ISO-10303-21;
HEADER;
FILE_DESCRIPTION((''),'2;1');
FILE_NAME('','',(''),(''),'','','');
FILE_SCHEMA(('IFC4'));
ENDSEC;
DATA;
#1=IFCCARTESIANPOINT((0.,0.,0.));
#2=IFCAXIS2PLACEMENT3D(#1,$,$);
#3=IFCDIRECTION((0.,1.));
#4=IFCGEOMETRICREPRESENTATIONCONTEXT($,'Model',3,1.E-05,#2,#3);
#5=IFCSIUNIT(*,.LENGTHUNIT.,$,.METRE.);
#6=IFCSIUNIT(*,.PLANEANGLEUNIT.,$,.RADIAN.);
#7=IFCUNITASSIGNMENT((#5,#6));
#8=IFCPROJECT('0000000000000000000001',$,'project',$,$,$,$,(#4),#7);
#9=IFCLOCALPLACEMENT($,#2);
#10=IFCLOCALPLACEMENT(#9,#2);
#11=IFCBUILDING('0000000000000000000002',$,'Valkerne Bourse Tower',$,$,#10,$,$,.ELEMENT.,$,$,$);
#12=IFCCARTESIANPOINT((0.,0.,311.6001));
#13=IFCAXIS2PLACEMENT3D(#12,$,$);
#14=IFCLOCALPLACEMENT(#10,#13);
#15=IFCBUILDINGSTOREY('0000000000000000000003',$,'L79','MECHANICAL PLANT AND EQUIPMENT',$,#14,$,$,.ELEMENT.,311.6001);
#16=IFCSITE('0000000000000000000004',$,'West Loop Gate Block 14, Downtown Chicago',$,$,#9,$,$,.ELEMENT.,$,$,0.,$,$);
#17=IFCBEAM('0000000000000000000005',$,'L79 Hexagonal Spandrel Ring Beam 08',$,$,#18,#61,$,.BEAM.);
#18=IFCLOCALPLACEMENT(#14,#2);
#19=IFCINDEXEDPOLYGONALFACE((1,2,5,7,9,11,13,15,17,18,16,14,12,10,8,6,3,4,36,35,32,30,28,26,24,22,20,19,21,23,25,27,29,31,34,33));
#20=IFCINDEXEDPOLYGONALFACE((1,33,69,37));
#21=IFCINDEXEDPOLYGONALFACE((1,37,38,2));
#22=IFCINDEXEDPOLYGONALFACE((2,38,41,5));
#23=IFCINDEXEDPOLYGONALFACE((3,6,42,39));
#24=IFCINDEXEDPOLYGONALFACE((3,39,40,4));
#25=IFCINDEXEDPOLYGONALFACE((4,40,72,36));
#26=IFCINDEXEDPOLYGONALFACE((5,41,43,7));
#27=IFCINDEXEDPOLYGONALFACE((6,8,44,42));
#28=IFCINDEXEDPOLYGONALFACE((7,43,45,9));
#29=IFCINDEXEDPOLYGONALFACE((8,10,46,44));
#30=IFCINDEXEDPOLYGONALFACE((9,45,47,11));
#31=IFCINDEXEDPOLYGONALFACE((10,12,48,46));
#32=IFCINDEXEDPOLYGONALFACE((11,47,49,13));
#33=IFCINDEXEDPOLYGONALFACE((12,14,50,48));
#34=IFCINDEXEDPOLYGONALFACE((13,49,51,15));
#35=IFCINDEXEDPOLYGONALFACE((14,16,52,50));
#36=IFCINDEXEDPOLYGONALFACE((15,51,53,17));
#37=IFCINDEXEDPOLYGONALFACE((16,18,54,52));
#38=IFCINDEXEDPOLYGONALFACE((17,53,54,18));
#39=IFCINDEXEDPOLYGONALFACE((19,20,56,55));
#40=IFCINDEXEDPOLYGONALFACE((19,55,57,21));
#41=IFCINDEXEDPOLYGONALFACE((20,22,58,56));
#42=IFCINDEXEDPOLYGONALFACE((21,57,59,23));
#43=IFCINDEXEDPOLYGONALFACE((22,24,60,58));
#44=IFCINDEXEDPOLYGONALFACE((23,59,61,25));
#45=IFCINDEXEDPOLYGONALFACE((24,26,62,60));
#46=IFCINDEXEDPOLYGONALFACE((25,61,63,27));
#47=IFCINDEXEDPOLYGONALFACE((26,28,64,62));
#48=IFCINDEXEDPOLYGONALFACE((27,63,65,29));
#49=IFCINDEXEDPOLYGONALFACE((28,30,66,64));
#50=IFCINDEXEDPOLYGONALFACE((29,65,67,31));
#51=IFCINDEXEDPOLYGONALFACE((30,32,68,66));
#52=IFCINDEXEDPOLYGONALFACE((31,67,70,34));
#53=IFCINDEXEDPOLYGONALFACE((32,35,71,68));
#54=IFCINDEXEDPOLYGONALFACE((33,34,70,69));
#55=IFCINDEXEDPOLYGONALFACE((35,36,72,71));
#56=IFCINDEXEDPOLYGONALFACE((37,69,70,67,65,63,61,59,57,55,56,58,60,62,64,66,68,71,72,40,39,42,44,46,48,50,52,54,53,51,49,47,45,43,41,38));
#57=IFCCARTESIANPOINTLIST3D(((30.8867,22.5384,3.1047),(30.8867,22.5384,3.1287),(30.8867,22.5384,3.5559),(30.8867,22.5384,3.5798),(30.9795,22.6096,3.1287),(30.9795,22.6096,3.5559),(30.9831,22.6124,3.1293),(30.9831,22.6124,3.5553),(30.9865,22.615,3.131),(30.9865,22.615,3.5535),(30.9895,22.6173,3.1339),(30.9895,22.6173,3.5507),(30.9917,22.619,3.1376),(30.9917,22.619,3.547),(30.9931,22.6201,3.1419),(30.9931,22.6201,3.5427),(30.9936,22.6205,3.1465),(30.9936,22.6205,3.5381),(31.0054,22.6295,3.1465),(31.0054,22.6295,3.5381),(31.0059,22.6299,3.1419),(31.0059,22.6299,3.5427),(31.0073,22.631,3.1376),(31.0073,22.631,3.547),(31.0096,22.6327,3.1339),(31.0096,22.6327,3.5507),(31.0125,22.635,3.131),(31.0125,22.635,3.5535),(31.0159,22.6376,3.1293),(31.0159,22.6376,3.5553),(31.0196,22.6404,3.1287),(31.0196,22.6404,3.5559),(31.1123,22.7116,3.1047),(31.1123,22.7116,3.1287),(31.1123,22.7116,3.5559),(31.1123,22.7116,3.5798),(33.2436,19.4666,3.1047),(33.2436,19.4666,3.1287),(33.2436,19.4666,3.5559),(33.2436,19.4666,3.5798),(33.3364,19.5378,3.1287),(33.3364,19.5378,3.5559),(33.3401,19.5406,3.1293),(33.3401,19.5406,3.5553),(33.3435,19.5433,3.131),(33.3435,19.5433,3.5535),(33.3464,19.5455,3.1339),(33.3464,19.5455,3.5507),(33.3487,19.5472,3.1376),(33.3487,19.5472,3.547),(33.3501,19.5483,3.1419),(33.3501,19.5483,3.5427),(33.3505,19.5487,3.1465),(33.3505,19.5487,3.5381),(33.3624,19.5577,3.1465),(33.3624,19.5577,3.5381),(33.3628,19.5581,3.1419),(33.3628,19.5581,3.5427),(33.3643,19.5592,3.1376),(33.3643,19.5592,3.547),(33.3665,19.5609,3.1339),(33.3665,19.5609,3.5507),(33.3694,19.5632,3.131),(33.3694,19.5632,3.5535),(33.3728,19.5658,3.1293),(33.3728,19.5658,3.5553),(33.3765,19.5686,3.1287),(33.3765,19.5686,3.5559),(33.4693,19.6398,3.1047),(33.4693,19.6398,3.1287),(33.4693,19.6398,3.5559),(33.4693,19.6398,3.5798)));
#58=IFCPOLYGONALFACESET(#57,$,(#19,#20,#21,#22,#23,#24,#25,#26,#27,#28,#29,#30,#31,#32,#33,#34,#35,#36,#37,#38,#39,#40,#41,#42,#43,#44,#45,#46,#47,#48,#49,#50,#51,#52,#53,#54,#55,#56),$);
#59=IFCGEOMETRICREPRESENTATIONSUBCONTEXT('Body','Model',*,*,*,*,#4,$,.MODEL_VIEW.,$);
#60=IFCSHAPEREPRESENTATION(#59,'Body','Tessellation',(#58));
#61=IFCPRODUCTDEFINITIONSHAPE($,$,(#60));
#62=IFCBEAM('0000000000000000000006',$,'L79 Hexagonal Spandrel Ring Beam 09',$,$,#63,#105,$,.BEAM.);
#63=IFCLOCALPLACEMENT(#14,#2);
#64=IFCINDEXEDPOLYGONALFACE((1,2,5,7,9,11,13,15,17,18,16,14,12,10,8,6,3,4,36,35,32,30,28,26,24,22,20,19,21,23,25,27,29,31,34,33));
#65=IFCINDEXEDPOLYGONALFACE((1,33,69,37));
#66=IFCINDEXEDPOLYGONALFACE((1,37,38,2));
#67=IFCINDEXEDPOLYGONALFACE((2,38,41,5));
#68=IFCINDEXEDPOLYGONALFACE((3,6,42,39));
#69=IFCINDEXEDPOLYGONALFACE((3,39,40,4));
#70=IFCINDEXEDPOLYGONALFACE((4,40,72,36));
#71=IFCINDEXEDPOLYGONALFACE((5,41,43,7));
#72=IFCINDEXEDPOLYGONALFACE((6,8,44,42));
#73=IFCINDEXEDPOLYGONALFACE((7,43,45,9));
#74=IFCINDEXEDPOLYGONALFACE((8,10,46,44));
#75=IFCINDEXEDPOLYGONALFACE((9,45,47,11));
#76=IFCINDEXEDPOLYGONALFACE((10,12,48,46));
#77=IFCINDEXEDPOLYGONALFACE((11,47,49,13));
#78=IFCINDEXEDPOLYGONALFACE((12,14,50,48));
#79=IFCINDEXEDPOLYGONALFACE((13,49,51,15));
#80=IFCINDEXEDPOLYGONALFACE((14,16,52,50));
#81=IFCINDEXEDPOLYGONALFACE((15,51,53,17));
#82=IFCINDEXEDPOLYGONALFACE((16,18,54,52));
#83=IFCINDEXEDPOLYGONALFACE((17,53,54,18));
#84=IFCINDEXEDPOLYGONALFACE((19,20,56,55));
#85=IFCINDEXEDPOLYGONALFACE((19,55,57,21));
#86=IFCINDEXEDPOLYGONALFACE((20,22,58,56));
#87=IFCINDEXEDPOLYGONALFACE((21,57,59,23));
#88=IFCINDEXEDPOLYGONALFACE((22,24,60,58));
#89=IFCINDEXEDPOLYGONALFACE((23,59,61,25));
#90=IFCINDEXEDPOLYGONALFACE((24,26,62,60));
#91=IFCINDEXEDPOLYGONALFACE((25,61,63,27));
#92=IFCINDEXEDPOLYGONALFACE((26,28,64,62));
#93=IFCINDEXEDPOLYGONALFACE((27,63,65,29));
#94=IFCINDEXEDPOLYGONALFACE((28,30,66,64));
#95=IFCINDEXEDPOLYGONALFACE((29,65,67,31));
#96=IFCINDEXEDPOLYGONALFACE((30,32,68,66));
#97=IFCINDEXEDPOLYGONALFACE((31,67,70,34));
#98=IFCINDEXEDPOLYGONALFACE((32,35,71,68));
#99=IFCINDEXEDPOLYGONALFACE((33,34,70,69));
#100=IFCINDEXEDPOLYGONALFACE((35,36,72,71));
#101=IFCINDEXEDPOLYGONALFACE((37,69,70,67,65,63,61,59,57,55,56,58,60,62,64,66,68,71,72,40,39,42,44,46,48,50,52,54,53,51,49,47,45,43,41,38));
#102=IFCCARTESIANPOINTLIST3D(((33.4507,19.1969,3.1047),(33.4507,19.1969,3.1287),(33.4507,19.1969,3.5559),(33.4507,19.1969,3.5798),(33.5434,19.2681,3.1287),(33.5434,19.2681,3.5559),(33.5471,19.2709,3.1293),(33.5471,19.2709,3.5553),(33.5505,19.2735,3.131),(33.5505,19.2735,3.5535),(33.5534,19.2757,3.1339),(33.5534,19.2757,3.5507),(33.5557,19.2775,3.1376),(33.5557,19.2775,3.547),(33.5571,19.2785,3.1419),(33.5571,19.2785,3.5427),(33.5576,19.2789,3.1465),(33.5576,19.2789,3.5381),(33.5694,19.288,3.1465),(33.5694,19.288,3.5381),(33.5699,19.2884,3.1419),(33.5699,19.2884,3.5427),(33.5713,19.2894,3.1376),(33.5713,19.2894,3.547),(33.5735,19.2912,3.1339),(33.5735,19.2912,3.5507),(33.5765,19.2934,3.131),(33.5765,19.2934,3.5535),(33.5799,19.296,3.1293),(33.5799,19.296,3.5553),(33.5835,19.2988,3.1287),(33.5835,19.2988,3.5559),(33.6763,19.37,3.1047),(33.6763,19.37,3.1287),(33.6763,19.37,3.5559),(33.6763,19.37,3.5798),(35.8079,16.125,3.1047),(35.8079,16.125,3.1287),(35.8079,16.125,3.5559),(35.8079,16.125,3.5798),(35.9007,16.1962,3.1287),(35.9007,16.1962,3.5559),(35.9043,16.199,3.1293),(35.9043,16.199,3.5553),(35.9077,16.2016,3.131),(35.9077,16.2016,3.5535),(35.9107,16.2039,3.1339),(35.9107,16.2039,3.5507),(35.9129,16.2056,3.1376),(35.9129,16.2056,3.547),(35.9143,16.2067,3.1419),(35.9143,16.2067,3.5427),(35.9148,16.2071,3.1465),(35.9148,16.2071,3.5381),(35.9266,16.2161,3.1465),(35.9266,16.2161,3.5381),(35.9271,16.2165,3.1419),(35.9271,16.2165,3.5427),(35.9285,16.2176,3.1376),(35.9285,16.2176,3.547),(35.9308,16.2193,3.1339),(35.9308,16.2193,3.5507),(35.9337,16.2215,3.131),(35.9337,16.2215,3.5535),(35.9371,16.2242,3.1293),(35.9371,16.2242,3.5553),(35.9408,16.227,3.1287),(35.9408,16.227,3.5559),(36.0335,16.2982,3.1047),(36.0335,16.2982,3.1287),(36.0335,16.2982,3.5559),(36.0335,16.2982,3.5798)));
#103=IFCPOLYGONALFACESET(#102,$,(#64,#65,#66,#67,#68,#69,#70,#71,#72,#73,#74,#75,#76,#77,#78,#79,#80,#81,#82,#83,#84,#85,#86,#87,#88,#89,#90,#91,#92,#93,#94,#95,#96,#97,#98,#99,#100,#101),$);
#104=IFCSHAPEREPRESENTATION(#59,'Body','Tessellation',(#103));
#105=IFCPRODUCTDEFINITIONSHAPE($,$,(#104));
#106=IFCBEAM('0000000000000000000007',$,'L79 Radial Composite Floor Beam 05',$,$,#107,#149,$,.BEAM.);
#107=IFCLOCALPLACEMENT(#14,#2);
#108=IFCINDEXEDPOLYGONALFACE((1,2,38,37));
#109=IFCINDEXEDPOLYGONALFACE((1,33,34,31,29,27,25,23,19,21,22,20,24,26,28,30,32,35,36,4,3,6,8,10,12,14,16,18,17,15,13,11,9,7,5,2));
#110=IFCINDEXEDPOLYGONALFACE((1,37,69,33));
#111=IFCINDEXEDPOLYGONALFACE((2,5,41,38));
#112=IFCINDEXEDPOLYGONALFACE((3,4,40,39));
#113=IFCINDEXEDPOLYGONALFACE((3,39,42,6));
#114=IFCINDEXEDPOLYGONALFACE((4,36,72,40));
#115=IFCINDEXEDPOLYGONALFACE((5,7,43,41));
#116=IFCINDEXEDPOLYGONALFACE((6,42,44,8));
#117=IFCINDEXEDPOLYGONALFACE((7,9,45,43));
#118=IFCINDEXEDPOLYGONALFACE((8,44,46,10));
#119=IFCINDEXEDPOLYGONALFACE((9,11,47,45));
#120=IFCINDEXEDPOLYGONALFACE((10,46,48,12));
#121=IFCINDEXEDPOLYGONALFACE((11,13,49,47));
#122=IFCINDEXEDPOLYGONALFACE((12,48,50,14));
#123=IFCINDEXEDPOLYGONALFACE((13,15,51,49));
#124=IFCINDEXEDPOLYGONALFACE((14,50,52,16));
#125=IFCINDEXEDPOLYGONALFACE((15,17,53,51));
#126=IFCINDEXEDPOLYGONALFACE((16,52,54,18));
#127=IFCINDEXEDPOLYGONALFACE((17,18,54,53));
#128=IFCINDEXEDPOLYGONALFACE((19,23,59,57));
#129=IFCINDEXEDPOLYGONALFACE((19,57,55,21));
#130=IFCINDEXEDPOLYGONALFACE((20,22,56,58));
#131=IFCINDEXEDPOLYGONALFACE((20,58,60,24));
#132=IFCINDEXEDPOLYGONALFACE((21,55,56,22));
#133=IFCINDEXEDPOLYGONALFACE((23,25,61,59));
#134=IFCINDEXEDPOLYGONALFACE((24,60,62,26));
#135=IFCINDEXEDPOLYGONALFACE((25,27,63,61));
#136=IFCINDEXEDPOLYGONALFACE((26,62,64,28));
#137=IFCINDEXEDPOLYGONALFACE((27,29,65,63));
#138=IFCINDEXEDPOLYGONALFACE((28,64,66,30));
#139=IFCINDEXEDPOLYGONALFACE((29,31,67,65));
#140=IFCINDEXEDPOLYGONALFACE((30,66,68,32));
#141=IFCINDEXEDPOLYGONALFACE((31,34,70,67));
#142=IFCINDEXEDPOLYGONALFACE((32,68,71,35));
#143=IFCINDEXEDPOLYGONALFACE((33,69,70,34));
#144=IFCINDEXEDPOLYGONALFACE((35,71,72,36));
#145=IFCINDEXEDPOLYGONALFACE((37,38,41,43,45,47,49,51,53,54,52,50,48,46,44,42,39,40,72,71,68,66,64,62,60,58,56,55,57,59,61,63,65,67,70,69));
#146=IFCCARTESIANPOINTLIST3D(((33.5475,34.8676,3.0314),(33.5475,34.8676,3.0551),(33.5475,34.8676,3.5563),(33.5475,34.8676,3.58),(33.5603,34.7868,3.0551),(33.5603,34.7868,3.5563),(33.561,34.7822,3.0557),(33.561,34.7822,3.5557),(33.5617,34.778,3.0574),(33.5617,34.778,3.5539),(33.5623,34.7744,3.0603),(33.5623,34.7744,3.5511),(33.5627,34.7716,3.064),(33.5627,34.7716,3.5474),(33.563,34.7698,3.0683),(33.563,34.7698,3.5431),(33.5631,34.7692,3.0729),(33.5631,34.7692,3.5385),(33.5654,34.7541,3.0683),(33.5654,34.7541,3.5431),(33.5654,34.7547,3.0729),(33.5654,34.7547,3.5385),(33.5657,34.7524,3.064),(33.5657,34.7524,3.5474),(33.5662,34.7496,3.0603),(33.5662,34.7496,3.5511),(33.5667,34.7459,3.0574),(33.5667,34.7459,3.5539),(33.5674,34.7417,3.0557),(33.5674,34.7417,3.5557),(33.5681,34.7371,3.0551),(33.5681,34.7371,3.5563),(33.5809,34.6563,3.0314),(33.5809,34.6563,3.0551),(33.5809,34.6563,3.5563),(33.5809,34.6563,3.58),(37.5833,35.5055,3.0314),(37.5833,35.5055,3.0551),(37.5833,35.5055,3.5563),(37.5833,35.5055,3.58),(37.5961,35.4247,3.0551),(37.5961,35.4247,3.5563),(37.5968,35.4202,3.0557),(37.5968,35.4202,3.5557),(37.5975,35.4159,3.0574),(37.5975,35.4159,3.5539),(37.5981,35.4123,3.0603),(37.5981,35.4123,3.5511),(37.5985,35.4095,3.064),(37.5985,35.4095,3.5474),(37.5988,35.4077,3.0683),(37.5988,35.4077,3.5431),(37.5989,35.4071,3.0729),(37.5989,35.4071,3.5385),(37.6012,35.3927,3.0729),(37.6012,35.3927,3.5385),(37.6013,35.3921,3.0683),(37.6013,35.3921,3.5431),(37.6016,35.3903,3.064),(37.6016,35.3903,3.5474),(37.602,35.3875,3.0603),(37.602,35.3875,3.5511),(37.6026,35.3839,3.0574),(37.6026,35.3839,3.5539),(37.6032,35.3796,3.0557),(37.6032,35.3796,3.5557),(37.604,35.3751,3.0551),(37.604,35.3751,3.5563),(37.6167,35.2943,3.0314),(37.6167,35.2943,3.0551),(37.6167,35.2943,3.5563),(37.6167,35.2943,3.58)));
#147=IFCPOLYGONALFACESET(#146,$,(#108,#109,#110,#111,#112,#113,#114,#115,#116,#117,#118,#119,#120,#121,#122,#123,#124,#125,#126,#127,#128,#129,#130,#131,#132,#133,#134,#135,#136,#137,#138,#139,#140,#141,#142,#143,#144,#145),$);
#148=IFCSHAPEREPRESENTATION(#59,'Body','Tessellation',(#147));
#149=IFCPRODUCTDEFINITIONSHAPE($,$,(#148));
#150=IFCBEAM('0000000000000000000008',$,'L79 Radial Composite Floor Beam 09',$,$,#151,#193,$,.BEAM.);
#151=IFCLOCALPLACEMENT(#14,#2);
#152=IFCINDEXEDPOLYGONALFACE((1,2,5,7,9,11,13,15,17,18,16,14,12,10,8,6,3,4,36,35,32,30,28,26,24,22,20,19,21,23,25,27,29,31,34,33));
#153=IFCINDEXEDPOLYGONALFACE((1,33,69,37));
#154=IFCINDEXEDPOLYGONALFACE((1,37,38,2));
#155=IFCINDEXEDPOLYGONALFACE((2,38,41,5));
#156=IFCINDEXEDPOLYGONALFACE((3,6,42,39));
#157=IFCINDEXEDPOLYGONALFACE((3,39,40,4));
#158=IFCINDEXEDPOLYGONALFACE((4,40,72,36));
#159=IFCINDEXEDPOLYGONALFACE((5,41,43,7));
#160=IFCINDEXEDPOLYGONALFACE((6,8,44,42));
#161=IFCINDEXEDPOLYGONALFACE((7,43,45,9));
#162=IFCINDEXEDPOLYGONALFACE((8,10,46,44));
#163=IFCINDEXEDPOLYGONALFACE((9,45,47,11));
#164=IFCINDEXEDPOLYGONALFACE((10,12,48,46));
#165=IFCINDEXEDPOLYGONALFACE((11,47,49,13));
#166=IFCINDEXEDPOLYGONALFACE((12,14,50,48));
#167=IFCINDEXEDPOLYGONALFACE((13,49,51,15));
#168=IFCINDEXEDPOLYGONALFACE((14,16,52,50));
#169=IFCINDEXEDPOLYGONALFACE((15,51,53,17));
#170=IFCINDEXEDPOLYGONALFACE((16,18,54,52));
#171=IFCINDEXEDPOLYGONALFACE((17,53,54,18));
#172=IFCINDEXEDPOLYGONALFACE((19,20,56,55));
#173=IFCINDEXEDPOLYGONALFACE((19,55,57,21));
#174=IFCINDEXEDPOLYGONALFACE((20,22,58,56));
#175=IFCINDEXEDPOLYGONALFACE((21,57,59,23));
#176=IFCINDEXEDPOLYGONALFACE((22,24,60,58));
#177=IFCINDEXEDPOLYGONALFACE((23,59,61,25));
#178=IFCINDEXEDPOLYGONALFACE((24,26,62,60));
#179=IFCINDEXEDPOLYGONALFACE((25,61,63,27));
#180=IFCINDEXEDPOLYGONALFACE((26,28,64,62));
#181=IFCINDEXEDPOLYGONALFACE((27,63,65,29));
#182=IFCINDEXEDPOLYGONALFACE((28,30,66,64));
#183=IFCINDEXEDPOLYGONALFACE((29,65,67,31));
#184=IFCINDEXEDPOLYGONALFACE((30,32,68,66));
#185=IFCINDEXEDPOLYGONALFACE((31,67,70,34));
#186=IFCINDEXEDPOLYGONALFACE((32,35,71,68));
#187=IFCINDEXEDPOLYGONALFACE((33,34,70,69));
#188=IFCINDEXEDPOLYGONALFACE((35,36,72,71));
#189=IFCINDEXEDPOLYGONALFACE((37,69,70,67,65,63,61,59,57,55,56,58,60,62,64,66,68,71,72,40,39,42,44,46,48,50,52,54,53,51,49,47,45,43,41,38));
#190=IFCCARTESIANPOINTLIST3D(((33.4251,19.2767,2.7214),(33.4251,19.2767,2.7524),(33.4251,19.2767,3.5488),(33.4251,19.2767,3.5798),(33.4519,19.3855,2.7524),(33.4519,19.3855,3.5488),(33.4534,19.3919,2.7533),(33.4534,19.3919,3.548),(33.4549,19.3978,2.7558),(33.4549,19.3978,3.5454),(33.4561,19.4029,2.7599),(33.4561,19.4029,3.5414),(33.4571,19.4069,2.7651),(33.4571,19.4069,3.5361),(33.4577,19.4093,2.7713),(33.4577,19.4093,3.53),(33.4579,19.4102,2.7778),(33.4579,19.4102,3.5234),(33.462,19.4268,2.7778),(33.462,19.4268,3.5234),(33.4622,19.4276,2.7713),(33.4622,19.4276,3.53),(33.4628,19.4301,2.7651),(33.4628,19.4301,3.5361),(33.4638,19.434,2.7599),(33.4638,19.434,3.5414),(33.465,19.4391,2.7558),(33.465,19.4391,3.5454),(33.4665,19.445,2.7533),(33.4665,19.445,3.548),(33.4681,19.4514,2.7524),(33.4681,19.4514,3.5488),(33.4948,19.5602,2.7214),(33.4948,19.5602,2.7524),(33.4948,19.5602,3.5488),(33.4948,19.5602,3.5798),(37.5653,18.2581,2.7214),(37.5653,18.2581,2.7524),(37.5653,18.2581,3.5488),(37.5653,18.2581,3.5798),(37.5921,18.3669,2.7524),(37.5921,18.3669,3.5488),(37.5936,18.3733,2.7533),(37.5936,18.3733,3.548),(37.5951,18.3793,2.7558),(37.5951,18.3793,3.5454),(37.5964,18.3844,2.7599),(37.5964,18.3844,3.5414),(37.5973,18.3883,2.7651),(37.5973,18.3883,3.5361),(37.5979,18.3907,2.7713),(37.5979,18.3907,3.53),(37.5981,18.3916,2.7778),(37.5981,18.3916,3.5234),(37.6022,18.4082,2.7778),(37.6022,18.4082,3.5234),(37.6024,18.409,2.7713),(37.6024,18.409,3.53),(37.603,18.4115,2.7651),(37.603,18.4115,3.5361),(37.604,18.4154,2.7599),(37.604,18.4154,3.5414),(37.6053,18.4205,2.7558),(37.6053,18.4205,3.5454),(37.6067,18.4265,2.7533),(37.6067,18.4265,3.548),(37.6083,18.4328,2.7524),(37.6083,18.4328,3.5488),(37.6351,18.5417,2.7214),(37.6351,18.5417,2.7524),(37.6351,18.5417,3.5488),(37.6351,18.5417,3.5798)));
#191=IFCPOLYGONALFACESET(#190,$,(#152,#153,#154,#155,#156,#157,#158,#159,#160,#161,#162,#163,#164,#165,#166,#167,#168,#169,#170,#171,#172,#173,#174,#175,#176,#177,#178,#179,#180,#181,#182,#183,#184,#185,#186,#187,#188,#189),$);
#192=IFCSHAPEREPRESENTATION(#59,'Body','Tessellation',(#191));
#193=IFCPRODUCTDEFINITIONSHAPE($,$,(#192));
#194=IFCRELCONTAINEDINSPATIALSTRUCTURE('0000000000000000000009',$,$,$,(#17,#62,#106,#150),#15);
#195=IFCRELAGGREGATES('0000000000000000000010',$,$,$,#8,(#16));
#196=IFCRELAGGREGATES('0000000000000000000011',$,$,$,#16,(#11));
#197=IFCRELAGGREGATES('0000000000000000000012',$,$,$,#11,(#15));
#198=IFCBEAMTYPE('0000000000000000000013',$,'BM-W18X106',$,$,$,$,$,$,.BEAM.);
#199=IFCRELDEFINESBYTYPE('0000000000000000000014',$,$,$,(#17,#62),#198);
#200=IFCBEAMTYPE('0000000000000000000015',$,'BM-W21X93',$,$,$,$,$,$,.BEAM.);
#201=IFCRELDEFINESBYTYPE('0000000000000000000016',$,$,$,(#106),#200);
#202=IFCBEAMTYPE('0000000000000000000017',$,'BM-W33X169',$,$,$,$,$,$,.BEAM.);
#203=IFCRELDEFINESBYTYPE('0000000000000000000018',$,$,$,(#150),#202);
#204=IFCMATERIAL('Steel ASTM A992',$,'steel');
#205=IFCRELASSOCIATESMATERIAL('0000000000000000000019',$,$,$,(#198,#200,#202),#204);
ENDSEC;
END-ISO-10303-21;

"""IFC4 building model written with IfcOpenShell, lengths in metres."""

from ifc_helpers import new_model, si_unit, direction, frame, origin, origin_2d, place, context, subcontext, project, spatial, i_section, extrude, material, material_profile, profile_set, type_object, element, save


model = new_model("IFC4")

# Units and contexts
model_context = context("Model", 3, precision=1e-05, world=origin(), true_north=direction((0.0, 1.0)))
body_context = subcontext(model_context, "Body", "Model", "MODEL_VIEW")
ifc_project = project(units=[si_unit("LENGTHUNIT", "METRE"), si_unit("PLANEANGLEUNIT", "RADIAN")], contexts=[model_context])

# Site, building, storey
site_placement = place(None, origin())
site = spatial("IfcSite", under=ifc_project, at=site_placement, Name="West Loop Gate Block 14, Downtown Chicago", CompositionType="ELEMENT", RefElevation=0.0)
building_placement = place(site_placement, origin())
building = spatial("IfcBuilding", under=site, at=building_placement, Name="Valkerne Bourse Tower", CompositionType="ELEMENT")
storey_placement = place(building_placement, frame((0.0, 0.0, 311.6001)))
storey = spatial("IfcBuildingStorey", under=building, at=storey_placement, Name="L79", Description="MECHANICAL PLANT AND EQUIPMENT", CompositionType="ELEMENT", Elevation=311.6001)

# Beams
ifc_material_1 = material(Name="Steel ASTM A992", Category="steel")
ifc_material_profile_1 = material_profile(ifc_material_1, i_section(OverallWidth=0.2844, OverallDepth=0.4751, WebThickness=0.0149, FlangeThickness=0.0239, FilletRadius=0.0178, at=origin_2d()), Name="W18X106")
ifc_profile_set_1 = profile_set([ifc_material_profile_1], Name="Steel ASTM A992")
beam_type_1 = type_object("IfcBeamType", Name="BM-W18X106", PredefinedType="BEAM", material=ifc_profile_set_1)
beam_1_placement = place(storey_placement, frame((30.9995, 22.625, 3.3423), z_axis=(0.608741, -0.793369, 0.0), x_axis=(0.793369, 0.608741, 0.0)))
element("IfcBeam", 1, at=beam_1_placement, inside=storey, type_object=beam_type_1, Name="L79 Hexagonal Spandrel Ring Beam 08", PredefinedType="BEAM", context=body_context, shape_type="SweptSolid", body=[
    extrude(i_section(OverallWidth=0.2844, OverallDepth=0.4751, WebThickness=0.0149, FlangeThickness=0.0239, FilletRadius=0.0178, at=origin_2d()), origin(), (0.0, 0.0, 1.0), 3.8718),
])
beam_2_placement = place(storey_placement, frame((33.5635, 19.2834, 3.3423), z_axis=(0.608781, -0.793338, 0.0), x_axis=(0.793338, 0.608781, 0.0)))
element("IfcBeam", 2, at=beam_2_placement, inside=storey, type_object=beam_type_1, Name="L79 Hexagonal Spandrel Ring Beam 09", PredefinedType="BEAM", context=body_context, shape_type="SweptSolid", body=[
    extrude(i_section(OverallWidth=0.2844, OverallDepth=0.4751, WebThickness=0.0149, FlangeThickness=0.0239, FilletRadius=0.0178, at=origin_2d()), origin(), (0.0, 0.0, 1.0), 3.8721),
])
ifc_material_profile_2 = material_profile(ifc_material_1, i_section(OverallWidth=0.2139, OverallDepth=0.5486, WebThickness=0.0146, FlangeThickness=0.0237, FilletRadius=0.0178, at=origin_2d()), Name="W21X93")
ifc_profile_set_2 = profile_set([ifc_material_profile_2], Name="Steel ASTM A992")
beam_type_2 = type_object("IfcBeamType", Name="BM-W21X93", PredefinedType="BEAM", material=ifc_profile_set_2)
beam_3_placement = place(storey_placement, frame((33.5642, 34.762, 3.3057), z_axis=(0.987737, 0.156128, 0.0), x_axis=(-0.156128, 0.987737, 0.0)))
element("IfcBeam", 3, at=beam_3_placement, inside=storey, type_object=beam_type_2, Name="L79 Radial Composite Floor Beam 05", PredefinedType="BEAM", context=body_context, shape_type="SweptSolid", body=[
    extrude(i_section(OverallWidth=0.2139, OverallDepth=0.5486, WebThickness=0.0146, FlangeThickness=0.0237, FilletRadius=0.0178, at=origin_2d()), origin(), (0.0, 0.0, 1.0), 4.0859),
])
ifc_material_profile_3 = material_profile(ifc_material_1, i_section(OverallWidth=0.292, OverallDepth=0.8584, WebThickness=0.0171, FlangeThickness=0.031, FilletRadius=0.0254, at=origin_2d()), Name="W33X169")
ifc_profile_set_3 = profile_set([ifc_material_profile_3], Name="Steel ASTM A992")
beam_type_3 = type_object("IfcBeamType", Name="BM-W33X169", PredefinedType="BEAM", material=ifc_profile_set_3)
beam_4_placement = place(storey_placement, frame((33.46, 19.4185, 3.1506), z_axis=(0.971045, -0.238896, 0.0), x_axis=(0.238896, 0.971045, 0.0)))
element("IfcBeam", 4, at=beam_4_placement, inside=storey, type_object=beam_type_3, Name="L79 Radial Composite Floor Beam 09", PredefinedType="BEAM", context=body_context, shape_type="SweptSolid", body=[
    extrude(i_section(OverallWidth=0.292, OverallDepth=0.8584, WebThickness=0.0171, FlangeThickness=0.031, FilletRadius=0.0254, at=origin_2d()), origin(), (0.0, 0.0, 1.0), 4.2637),
])

save(model, "model.ifc")
